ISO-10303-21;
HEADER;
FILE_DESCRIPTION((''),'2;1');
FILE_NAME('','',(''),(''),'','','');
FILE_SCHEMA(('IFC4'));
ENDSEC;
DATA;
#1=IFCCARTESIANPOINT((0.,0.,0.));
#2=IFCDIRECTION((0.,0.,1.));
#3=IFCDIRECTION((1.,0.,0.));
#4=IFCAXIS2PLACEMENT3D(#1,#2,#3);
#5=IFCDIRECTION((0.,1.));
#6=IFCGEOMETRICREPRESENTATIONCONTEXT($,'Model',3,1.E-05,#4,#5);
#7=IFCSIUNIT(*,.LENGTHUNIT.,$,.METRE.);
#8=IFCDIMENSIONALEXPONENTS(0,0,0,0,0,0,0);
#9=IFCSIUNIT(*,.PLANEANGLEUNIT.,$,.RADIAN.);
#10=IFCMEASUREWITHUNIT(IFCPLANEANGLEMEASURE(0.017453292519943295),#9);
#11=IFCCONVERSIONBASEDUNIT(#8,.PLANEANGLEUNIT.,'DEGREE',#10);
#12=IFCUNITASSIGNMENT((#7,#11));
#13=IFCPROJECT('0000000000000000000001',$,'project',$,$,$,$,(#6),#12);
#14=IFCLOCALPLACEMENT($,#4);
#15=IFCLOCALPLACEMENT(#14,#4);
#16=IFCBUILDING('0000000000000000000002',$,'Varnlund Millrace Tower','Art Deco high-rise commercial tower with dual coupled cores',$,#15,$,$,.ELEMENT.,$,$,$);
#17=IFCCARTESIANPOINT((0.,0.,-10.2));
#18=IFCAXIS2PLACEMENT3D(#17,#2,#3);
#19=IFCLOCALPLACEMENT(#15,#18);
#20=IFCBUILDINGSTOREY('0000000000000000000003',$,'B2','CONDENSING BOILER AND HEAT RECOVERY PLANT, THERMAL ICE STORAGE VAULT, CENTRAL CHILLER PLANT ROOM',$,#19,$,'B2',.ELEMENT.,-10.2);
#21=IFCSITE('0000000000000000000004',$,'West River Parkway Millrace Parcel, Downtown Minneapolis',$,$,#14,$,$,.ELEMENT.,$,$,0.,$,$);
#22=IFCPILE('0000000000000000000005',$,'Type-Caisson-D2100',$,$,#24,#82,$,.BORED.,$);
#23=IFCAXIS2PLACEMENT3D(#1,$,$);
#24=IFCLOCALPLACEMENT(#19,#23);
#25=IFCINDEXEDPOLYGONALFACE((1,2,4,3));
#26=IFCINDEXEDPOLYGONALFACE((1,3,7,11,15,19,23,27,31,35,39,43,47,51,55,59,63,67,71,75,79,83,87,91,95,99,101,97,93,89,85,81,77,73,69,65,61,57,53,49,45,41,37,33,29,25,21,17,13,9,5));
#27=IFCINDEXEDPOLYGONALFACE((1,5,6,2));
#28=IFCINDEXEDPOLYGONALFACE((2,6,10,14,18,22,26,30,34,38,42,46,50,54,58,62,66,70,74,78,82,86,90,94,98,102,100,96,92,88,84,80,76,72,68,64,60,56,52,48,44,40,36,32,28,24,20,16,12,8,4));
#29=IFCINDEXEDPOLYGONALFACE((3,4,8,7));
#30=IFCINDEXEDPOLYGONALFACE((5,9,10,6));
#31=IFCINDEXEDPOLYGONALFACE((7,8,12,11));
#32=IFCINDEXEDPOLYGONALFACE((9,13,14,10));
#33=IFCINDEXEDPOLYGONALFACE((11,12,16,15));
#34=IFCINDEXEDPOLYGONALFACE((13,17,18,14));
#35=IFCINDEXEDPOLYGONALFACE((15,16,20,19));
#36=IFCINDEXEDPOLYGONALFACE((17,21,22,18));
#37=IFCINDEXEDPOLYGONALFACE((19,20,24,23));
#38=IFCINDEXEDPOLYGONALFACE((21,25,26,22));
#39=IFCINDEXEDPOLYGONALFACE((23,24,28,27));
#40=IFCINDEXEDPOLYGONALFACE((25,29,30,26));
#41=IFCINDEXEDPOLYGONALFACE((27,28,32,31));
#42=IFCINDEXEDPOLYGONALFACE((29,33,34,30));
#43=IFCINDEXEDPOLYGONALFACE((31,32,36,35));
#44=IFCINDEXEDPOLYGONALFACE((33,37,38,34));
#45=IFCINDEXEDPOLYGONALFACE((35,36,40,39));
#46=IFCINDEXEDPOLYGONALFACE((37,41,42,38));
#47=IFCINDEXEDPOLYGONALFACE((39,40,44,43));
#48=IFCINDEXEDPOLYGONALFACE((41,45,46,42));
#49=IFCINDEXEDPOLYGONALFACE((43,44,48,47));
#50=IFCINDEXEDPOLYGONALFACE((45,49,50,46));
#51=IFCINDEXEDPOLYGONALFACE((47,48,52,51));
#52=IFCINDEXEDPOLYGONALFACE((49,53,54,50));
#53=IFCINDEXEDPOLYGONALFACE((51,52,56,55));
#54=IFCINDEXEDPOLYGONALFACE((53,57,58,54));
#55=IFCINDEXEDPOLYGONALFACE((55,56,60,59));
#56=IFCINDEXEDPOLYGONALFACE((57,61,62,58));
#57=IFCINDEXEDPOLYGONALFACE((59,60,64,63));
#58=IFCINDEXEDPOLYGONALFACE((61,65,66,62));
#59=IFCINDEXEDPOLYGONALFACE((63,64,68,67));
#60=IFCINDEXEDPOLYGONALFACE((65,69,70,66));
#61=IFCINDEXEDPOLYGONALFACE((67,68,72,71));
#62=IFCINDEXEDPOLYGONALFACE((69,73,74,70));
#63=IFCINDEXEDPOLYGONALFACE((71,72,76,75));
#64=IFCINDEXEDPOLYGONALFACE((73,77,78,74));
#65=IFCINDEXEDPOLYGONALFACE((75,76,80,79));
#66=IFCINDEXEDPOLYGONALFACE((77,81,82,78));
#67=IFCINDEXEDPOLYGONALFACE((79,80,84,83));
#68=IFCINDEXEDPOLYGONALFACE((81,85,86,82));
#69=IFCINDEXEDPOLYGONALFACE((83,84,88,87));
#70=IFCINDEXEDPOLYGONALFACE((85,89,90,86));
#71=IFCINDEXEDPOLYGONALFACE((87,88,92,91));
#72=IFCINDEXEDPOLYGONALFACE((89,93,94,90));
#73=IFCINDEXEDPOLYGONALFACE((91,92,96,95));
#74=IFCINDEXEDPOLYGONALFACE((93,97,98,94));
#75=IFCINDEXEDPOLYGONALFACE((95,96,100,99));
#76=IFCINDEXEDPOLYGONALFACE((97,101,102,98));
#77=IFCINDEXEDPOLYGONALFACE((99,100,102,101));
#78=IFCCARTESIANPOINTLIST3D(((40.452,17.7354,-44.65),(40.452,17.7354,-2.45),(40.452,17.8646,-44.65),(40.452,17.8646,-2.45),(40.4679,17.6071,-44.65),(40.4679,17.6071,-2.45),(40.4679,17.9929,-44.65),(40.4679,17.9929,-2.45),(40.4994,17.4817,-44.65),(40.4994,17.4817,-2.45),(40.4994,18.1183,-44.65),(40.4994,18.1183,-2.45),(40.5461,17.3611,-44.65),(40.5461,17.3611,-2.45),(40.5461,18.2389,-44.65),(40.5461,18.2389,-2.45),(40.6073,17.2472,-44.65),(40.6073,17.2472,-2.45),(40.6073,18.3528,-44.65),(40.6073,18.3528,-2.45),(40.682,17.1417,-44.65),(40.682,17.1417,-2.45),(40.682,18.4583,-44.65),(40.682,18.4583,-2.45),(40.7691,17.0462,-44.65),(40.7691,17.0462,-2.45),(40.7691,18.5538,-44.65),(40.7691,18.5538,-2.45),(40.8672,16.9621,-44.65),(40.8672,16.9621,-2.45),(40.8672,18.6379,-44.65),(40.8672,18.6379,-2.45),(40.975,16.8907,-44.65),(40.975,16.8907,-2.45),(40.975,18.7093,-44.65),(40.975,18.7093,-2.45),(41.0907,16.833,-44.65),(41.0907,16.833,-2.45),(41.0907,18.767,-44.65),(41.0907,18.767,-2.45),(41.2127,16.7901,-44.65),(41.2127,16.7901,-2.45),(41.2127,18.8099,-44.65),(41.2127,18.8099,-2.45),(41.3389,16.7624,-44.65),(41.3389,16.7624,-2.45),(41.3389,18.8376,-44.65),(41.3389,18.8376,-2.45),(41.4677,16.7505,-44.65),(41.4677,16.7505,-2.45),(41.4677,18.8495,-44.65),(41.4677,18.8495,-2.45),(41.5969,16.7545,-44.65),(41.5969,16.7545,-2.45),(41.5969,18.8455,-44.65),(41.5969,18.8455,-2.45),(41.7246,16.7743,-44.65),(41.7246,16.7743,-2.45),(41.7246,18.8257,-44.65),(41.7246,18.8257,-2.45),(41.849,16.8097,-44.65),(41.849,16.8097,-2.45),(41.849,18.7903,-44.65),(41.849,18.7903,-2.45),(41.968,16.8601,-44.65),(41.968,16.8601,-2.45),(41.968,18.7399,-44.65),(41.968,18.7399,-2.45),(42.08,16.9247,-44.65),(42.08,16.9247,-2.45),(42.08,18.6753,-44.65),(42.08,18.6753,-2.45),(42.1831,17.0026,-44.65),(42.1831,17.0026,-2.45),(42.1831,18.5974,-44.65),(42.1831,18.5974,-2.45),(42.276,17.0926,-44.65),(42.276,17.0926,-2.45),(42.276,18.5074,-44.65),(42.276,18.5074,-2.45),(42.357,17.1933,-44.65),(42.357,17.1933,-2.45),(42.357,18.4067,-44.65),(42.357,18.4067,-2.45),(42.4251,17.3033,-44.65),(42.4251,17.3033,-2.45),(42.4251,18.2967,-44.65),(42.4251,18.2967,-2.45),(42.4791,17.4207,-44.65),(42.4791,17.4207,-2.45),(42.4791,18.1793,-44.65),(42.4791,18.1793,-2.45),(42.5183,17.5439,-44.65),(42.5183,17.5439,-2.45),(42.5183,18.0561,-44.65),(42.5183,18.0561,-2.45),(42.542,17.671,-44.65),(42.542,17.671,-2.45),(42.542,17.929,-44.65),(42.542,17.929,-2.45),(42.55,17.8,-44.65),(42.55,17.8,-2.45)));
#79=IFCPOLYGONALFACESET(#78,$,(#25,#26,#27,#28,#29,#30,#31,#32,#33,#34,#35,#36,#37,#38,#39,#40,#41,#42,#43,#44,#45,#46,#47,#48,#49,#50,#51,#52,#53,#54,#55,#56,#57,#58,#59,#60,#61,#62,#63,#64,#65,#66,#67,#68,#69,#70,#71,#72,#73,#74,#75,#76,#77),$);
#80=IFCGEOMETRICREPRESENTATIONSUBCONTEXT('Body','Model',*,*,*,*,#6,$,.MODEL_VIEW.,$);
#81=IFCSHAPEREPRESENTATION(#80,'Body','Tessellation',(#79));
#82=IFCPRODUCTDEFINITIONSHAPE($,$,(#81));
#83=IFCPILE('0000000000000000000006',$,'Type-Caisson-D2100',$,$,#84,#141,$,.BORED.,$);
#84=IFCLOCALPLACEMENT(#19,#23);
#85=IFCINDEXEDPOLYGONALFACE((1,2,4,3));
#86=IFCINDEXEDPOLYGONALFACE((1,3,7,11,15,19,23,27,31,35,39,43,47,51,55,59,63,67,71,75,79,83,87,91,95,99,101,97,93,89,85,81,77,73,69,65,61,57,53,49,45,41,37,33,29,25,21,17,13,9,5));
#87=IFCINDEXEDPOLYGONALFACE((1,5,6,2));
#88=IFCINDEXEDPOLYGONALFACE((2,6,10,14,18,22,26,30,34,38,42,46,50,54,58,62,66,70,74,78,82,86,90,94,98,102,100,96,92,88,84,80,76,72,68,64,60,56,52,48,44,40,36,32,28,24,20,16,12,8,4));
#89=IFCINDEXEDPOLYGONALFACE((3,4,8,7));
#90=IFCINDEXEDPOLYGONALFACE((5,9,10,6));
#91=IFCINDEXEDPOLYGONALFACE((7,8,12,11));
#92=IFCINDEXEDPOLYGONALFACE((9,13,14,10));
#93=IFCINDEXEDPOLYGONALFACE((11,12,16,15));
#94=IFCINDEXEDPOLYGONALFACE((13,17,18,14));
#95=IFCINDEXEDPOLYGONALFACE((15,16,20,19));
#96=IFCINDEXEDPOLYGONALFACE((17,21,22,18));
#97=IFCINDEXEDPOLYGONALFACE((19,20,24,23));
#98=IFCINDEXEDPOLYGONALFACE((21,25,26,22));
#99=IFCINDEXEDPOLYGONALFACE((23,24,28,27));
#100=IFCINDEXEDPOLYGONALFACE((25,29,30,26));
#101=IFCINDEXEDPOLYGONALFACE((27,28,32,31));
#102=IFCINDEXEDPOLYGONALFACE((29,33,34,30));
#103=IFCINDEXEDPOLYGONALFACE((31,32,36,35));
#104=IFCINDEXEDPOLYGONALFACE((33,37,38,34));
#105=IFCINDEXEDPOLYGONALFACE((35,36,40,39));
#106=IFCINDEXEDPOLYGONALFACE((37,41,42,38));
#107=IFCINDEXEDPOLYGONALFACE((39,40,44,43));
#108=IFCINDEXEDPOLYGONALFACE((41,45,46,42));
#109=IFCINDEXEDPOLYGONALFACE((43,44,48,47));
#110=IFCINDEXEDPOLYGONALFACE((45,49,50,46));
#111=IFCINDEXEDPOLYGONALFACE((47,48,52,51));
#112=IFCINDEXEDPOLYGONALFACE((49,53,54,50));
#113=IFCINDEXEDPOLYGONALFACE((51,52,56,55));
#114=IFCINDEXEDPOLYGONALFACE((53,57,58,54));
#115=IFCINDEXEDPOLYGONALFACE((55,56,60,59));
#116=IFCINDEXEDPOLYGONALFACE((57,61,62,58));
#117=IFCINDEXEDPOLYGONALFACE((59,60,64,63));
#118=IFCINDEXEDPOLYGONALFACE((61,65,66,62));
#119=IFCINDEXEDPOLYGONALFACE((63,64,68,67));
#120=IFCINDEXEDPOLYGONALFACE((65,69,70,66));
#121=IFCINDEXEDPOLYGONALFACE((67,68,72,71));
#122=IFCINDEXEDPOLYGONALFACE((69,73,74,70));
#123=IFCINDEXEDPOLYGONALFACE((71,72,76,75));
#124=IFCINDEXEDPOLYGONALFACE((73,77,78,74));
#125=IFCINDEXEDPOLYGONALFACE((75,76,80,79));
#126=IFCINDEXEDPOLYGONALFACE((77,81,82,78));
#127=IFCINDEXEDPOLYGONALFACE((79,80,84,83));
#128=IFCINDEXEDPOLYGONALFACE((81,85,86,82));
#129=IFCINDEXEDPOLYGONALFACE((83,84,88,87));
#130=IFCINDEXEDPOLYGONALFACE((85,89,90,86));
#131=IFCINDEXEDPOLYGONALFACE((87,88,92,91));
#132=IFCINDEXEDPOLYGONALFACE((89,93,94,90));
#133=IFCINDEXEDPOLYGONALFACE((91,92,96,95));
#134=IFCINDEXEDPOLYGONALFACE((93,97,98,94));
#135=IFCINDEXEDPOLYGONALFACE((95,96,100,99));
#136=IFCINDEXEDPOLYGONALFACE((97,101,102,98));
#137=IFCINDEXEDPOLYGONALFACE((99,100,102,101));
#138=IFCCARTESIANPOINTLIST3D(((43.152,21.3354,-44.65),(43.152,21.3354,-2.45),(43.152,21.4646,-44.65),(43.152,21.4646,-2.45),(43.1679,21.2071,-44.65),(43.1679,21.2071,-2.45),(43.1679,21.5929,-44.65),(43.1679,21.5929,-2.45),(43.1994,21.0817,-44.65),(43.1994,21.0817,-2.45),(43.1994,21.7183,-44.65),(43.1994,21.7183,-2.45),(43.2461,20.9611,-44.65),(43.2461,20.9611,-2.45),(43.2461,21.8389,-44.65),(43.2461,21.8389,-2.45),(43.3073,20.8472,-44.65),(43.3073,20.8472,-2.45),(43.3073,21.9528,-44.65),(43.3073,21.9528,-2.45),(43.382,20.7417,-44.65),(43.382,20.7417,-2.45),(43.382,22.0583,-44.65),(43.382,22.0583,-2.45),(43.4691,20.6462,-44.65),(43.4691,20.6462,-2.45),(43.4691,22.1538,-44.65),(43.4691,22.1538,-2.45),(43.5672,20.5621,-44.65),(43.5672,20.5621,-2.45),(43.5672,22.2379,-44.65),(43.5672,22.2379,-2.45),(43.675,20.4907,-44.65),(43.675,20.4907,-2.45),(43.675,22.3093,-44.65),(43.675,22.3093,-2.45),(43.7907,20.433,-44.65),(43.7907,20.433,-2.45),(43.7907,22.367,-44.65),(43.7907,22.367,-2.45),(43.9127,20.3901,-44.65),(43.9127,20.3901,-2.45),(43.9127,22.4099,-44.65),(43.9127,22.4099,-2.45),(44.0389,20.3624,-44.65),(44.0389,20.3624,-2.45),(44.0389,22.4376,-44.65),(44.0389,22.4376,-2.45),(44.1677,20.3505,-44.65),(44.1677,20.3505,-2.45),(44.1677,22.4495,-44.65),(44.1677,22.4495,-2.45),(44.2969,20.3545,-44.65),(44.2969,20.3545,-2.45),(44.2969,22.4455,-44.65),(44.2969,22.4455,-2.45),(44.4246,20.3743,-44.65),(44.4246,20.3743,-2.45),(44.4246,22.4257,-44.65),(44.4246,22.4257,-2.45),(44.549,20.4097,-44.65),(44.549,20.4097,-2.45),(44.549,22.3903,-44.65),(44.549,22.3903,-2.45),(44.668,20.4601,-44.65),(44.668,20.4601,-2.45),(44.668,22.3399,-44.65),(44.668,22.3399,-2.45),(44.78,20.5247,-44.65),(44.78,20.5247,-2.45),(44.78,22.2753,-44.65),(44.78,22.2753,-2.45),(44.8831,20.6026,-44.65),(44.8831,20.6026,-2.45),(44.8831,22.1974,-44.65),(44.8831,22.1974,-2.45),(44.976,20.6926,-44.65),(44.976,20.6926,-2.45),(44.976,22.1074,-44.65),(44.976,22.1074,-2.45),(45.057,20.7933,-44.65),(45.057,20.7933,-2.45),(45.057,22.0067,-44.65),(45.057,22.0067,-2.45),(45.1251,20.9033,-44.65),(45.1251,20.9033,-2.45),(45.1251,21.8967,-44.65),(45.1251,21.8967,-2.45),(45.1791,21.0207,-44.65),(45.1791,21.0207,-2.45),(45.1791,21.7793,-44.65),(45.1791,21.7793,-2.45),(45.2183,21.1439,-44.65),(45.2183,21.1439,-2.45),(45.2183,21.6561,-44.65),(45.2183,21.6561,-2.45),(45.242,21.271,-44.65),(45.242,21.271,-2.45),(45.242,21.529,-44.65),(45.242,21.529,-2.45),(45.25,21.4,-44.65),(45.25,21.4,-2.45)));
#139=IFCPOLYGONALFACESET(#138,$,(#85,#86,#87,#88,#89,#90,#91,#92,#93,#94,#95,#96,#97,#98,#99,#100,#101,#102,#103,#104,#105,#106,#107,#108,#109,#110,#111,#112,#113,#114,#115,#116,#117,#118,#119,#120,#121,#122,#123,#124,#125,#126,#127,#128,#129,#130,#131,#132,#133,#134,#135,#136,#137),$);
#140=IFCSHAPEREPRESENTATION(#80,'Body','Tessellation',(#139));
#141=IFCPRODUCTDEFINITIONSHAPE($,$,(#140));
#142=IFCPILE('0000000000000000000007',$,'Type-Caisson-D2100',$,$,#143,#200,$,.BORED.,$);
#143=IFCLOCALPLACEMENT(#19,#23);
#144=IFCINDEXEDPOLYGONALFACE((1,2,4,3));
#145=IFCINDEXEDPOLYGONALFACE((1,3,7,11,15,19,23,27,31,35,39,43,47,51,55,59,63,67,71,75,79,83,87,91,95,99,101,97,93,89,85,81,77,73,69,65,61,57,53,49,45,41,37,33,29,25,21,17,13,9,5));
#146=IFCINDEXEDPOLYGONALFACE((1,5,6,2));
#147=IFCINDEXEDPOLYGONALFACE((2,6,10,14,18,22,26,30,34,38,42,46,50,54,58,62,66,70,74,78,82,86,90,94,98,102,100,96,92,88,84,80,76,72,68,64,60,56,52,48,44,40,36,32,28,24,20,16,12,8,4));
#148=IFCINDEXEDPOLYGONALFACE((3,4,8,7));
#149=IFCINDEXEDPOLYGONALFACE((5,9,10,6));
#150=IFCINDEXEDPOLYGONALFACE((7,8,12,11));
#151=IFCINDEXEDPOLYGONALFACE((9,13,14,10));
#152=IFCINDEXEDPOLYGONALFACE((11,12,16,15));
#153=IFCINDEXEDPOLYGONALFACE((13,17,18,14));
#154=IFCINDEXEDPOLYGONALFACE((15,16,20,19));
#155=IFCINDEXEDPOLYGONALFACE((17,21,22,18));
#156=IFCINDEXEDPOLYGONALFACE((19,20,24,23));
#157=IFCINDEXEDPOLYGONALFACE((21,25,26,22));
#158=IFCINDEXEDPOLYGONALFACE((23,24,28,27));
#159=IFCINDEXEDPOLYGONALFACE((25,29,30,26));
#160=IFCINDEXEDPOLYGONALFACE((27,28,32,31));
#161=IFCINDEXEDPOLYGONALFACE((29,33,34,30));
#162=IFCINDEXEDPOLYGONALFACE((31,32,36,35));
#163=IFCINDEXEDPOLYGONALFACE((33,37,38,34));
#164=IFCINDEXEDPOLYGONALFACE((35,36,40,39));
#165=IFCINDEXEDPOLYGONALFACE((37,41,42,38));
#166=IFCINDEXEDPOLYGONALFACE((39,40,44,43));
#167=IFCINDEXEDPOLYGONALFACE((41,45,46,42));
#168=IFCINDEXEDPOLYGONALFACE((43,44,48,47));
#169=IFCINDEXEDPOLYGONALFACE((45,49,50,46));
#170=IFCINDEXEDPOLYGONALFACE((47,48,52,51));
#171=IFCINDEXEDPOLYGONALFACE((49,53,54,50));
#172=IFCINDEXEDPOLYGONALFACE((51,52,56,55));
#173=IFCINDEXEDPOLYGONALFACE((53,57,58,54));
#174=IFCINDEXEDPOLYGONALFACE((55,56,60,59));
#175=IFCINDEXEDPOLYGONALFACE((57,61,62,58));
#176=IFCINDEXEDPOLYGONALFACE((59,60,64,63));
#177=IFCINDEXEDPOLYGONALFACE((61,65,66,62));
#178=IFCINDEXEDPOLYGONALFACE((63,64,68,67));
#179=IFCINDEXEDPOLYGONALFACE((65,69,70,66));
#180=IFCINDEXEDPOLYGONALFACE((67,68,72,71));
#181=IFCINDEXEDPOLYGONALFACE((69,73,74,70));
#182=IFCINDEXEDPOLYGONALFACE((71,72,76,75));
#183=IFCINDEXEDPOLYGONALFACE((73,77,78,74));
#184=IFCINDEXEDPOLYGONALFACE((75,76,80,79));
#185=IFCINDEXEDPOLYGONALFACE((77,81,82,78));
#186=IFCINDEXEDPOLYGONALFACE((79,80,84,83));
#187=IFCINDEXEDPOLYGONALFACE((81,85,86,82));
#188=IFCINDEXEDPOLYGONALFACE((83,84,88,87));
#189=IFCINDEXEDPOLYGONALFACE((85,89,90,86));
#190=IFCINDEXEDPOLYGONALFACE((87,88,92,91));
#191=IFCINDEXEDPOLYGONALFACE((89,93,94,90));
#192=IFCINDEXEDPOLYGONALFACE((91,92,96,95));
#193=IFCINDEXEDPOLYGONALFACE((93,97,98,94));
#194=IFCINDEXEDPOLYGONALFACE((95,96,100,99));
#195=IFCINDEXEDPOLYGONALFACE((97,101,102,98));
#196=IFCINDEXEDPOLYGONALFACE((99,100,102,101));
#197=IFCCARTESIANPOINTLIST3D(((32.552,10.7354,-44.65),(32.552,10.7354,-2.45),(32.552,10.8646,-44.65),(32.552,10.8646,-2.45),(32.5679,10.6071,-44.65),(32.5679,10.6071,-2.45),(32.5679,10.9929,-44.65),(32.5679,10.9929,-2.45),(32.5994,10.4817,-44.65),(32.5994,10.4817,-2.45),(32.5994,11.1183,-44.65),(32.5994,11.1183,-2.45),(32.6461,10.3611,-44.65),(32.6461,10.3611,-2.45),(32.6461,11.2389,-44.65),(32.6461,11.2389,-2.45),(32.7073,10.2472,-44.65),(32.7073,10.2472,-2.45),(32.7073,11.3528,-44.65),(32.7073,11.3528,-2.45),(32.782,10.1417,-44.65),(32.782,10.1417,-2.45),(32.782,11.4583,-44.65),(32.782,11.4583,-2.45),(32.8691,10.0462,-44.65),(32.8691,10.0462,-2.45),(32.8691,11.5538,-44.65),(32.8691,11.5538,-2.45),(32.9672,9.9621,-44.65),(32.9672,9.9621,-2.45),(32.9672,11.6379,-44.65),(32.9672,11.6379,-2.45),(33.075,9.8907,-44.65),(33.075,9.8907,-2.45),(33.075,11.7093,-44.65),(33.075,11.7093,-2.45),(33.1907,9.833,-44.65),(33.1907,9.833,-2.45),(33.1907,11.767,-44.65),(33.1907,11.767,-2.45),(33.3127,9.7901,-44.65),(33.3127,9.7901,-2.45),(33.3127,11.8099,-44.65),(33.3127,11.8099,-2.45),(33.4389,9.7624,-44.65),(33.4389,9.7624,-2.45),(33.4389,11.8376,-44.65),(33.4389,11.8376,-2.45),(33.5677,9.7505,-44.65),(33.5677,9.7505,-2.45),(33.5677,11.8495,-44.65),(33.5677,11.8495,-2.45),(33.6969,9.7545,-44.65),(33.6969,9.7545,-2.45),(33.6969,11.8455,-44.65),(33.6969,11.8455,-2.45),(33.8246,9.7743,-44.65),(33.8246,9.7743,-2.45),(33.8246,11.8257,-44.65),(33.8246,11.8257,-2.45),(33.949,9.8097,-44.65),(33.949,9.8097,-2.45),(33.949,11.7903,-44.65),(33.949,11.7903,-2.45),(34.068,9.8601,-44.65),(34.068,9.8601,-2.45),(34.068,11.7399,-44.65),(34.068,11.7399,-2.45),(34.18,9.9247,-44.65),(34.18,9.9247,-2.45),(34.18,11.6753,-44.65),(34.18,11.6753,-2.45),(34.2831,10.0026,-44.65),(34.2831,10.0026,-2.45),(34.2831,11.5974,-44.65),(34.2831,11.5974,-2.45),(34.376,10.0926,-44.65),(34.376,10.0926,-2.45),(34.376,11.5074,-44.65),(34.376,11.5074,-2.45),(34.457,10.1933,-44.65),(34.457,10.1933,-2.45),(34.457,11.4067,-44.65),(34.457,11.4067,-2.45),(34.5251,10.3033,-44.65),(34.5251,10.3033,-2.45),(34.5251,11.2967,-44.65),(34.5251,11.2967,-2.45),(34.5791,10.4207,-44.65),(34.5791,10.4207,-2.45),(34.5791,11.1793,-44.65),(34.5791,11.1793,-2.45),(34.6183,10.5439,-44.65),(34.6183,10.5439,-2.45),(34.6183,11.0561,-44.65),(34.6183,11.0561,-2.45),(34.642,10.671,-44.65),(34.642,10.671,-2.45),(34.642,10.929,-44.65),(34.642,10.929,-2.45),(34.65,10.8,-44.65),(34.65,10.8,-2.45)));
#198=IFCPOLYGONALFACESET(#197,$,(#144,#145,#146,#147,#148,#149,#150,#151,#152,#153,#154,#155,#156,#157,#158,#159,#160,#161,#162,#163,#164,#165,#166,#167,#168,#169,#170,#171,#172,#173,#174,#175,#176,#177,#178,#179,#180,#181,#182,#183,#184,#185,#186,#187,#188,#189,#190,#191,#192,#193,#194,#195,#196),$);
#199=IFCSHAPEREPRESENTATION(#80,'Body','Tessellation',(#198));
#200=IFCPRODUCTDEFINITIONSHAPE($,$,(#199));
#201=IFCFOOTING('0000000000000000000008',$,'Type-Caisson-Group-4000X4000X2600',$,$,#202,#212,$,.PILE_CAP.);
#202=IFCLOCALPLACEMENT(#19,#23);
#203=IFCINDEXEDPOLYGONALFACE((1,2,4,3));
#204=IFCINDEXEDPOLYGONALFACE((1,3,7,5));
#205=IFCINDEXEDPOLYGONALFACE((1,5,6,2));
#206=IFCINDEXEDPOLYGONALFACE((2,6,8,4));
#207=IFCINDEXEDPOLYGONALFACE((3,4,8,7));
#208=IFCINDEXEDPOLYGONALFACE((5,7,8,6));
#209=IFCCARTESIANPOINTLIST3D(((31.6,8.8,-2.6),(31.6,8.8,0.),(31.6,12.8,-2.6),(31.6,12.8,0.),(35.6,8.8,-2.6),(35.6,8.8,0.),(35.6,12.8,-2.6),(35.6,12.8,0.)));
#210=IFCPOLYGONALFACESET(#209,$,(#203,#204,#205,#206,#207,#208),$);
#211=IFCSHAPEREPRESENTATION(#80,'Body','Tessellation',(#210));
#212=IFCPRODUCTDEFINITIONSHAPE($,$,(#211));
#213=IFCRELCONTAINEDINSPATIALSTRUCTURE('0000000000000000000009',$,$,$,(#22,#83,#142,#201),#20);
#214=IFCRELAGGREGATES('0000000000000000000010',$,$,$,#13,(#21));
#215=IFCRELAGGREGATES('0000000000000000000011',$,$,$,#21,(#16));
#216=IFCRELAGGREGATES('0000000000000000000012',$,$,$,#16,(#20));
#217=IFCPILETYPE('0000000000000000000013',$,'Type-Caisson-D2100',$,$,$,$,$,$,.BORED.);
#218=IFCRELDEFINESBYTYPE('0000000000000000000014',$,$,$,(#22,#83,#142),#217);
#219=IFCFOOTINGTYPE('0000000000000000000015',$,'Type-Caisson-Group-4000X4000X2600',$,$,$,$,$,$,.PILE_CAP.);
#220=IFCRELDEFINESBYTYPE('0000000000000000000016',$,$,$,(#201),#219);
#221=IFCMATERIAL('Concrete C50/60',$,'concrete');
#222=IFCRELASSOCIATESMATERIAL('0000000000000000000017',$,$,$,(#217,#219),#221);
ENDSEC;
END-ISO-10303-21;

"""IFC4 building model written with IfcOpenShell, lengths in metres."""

from ifc_helpers import new_model, entity, si_unit, converted_unit, direction, frame, origin_with_axes, origin_2d_with_axis, place, context, subcontext, project, spatial, rectangle, circle, extrude, material, material_profile, profile_set, type_object, element, save


model = new_model("IFC4")

# Units and contexts
model_context = context("Model", 3, precision=1e-05, world=origin_with_axes(), true_north=direction((0.0, 1.0)))
body_context = subcontext(model_context, "Body", "Model", "MODEL_VIEW")
ifc_project = project(units=[si_unit("LENGTHUNIT", "METRE"), converted_unit("PLANEANGLEUNIT", "DEGREE", entity("IfcPlaneAngleMeasure", 0.017453292519943295), si_unit("PLANEANGLEUNIT", "RADIAN"), dimensions=[0, 0, 0, 0, 0, 0, 0])], contexts=[model_context])

# Site, building, storey
site_placement = place(None, origin_with_axes())
site = spatial("IfcSite", under=ifc_project, at=site_placement, Name="West River Parkway Millrace Parcel, Downtown Minneapolis", CompositionType="ELEMENT", RefElevation=0.0)
building_placement = place(site_placement, origin_with_axes())
building = spatial("IfcBuilding", under=site, at=building_placement, Name="Varnlund Millrace Tower", Description="Art Deco high-rise commercial tower with dual coupled cores", CompositionType="ELEMENT")
storey_placement = place(building_placement, frame((0.0, 0.0, -10.2), z_axis=(0.0, 0.0, 1.0), x_axis=(1.0, 0.0, 0.0)))
storey = spatial("IfcBuildingStorey", under=building, at=storey_placement, Name="B2", Description="CONDENSING BOILER AND HEAT RECOVERY PLANT, THERMAL ICE STORAGE VAULT, CENTRAL CHILLER PLANT ROOM", LongName="B2", CompositionType="ELEMENT", Elevation=-10.2)

# Piles
ifc_material = material(Name="Concrete C50/60", Category="concrete")
ifc_material_profile_1 = material_profile(ifc_material, circle(Radius=1.05, at=origin_2d_with_axis()), Name="Concrete C50/60")
ifc_profile_set_1 = profile_set([ifc_material_profile_1], Name="Concrete C50/60")
pile_type_1 = type_object("IfcPileType", Name="Type-Caisson-D2100", PredefinedType="BORED", material=ifc_profile_set_1)
for number, where, z_axis, x_axis, name in (
    (1, (41.5, 17.8, -44.65), (0.0, 0.0, 1.0), (1.0, 0.0, 0.0), "Type-Caisson-D2100"),
    (2, (44.2, 21.4, -44.65), (0.0, 0.0, 1.0), (1.0, 0.0, 0.0), "Type-Caisson-D2100"),
    (3, (33.6, 10.8, -44.65), (0.0, 0.0, 1.0), (1.0, 0.0, 0.0), "Type-Caisson-D2100"),
):
    element("IfcPile", number, at=place(storey_placement, frame(where, z_axis=z_axis, x_axis=x_axis)), inside=storey, type_object=pile_type_1, Name=name, PredefinedType="BORED", context=body_context, shape_type="SweptSolid", body=[
        extrude(circle(Radius=1.05, at=origin_2d_with_axis()), origin_with_axes(), (0.0, 0.0, 1.0), 42.2),
    ])

# Footing
footing_type_1 = type_object("IfcFootingType", Name="Type-Caisson-Group-4000X4000X2600", PredefinedType="PILE_CAP", material=ifc_material)
footing_1_placement = place(storey_placement, frame((33.6, 10.8, -2.6), z_axis=(0.0, 0.0, 1.0), x_axis=(1.0, 0.0, 0.0)))
element("IfcFooting", 4, at=footing_1_placement, inside=storey, type_object=footing_type_1, Name="Type-Caisson-Group-4000X4000X2600", PredefinedType="PILE_CAP", context=body_context, shape_type="SweptSolid", body=[
    extrude(rectangle(XDim=4.0, YDim=4.0, at=origin_2d_with_axis()), origin_with_axes(), (0.0, 0.0, 1.0), 2.6),
])

save(model, "model.ifc")
